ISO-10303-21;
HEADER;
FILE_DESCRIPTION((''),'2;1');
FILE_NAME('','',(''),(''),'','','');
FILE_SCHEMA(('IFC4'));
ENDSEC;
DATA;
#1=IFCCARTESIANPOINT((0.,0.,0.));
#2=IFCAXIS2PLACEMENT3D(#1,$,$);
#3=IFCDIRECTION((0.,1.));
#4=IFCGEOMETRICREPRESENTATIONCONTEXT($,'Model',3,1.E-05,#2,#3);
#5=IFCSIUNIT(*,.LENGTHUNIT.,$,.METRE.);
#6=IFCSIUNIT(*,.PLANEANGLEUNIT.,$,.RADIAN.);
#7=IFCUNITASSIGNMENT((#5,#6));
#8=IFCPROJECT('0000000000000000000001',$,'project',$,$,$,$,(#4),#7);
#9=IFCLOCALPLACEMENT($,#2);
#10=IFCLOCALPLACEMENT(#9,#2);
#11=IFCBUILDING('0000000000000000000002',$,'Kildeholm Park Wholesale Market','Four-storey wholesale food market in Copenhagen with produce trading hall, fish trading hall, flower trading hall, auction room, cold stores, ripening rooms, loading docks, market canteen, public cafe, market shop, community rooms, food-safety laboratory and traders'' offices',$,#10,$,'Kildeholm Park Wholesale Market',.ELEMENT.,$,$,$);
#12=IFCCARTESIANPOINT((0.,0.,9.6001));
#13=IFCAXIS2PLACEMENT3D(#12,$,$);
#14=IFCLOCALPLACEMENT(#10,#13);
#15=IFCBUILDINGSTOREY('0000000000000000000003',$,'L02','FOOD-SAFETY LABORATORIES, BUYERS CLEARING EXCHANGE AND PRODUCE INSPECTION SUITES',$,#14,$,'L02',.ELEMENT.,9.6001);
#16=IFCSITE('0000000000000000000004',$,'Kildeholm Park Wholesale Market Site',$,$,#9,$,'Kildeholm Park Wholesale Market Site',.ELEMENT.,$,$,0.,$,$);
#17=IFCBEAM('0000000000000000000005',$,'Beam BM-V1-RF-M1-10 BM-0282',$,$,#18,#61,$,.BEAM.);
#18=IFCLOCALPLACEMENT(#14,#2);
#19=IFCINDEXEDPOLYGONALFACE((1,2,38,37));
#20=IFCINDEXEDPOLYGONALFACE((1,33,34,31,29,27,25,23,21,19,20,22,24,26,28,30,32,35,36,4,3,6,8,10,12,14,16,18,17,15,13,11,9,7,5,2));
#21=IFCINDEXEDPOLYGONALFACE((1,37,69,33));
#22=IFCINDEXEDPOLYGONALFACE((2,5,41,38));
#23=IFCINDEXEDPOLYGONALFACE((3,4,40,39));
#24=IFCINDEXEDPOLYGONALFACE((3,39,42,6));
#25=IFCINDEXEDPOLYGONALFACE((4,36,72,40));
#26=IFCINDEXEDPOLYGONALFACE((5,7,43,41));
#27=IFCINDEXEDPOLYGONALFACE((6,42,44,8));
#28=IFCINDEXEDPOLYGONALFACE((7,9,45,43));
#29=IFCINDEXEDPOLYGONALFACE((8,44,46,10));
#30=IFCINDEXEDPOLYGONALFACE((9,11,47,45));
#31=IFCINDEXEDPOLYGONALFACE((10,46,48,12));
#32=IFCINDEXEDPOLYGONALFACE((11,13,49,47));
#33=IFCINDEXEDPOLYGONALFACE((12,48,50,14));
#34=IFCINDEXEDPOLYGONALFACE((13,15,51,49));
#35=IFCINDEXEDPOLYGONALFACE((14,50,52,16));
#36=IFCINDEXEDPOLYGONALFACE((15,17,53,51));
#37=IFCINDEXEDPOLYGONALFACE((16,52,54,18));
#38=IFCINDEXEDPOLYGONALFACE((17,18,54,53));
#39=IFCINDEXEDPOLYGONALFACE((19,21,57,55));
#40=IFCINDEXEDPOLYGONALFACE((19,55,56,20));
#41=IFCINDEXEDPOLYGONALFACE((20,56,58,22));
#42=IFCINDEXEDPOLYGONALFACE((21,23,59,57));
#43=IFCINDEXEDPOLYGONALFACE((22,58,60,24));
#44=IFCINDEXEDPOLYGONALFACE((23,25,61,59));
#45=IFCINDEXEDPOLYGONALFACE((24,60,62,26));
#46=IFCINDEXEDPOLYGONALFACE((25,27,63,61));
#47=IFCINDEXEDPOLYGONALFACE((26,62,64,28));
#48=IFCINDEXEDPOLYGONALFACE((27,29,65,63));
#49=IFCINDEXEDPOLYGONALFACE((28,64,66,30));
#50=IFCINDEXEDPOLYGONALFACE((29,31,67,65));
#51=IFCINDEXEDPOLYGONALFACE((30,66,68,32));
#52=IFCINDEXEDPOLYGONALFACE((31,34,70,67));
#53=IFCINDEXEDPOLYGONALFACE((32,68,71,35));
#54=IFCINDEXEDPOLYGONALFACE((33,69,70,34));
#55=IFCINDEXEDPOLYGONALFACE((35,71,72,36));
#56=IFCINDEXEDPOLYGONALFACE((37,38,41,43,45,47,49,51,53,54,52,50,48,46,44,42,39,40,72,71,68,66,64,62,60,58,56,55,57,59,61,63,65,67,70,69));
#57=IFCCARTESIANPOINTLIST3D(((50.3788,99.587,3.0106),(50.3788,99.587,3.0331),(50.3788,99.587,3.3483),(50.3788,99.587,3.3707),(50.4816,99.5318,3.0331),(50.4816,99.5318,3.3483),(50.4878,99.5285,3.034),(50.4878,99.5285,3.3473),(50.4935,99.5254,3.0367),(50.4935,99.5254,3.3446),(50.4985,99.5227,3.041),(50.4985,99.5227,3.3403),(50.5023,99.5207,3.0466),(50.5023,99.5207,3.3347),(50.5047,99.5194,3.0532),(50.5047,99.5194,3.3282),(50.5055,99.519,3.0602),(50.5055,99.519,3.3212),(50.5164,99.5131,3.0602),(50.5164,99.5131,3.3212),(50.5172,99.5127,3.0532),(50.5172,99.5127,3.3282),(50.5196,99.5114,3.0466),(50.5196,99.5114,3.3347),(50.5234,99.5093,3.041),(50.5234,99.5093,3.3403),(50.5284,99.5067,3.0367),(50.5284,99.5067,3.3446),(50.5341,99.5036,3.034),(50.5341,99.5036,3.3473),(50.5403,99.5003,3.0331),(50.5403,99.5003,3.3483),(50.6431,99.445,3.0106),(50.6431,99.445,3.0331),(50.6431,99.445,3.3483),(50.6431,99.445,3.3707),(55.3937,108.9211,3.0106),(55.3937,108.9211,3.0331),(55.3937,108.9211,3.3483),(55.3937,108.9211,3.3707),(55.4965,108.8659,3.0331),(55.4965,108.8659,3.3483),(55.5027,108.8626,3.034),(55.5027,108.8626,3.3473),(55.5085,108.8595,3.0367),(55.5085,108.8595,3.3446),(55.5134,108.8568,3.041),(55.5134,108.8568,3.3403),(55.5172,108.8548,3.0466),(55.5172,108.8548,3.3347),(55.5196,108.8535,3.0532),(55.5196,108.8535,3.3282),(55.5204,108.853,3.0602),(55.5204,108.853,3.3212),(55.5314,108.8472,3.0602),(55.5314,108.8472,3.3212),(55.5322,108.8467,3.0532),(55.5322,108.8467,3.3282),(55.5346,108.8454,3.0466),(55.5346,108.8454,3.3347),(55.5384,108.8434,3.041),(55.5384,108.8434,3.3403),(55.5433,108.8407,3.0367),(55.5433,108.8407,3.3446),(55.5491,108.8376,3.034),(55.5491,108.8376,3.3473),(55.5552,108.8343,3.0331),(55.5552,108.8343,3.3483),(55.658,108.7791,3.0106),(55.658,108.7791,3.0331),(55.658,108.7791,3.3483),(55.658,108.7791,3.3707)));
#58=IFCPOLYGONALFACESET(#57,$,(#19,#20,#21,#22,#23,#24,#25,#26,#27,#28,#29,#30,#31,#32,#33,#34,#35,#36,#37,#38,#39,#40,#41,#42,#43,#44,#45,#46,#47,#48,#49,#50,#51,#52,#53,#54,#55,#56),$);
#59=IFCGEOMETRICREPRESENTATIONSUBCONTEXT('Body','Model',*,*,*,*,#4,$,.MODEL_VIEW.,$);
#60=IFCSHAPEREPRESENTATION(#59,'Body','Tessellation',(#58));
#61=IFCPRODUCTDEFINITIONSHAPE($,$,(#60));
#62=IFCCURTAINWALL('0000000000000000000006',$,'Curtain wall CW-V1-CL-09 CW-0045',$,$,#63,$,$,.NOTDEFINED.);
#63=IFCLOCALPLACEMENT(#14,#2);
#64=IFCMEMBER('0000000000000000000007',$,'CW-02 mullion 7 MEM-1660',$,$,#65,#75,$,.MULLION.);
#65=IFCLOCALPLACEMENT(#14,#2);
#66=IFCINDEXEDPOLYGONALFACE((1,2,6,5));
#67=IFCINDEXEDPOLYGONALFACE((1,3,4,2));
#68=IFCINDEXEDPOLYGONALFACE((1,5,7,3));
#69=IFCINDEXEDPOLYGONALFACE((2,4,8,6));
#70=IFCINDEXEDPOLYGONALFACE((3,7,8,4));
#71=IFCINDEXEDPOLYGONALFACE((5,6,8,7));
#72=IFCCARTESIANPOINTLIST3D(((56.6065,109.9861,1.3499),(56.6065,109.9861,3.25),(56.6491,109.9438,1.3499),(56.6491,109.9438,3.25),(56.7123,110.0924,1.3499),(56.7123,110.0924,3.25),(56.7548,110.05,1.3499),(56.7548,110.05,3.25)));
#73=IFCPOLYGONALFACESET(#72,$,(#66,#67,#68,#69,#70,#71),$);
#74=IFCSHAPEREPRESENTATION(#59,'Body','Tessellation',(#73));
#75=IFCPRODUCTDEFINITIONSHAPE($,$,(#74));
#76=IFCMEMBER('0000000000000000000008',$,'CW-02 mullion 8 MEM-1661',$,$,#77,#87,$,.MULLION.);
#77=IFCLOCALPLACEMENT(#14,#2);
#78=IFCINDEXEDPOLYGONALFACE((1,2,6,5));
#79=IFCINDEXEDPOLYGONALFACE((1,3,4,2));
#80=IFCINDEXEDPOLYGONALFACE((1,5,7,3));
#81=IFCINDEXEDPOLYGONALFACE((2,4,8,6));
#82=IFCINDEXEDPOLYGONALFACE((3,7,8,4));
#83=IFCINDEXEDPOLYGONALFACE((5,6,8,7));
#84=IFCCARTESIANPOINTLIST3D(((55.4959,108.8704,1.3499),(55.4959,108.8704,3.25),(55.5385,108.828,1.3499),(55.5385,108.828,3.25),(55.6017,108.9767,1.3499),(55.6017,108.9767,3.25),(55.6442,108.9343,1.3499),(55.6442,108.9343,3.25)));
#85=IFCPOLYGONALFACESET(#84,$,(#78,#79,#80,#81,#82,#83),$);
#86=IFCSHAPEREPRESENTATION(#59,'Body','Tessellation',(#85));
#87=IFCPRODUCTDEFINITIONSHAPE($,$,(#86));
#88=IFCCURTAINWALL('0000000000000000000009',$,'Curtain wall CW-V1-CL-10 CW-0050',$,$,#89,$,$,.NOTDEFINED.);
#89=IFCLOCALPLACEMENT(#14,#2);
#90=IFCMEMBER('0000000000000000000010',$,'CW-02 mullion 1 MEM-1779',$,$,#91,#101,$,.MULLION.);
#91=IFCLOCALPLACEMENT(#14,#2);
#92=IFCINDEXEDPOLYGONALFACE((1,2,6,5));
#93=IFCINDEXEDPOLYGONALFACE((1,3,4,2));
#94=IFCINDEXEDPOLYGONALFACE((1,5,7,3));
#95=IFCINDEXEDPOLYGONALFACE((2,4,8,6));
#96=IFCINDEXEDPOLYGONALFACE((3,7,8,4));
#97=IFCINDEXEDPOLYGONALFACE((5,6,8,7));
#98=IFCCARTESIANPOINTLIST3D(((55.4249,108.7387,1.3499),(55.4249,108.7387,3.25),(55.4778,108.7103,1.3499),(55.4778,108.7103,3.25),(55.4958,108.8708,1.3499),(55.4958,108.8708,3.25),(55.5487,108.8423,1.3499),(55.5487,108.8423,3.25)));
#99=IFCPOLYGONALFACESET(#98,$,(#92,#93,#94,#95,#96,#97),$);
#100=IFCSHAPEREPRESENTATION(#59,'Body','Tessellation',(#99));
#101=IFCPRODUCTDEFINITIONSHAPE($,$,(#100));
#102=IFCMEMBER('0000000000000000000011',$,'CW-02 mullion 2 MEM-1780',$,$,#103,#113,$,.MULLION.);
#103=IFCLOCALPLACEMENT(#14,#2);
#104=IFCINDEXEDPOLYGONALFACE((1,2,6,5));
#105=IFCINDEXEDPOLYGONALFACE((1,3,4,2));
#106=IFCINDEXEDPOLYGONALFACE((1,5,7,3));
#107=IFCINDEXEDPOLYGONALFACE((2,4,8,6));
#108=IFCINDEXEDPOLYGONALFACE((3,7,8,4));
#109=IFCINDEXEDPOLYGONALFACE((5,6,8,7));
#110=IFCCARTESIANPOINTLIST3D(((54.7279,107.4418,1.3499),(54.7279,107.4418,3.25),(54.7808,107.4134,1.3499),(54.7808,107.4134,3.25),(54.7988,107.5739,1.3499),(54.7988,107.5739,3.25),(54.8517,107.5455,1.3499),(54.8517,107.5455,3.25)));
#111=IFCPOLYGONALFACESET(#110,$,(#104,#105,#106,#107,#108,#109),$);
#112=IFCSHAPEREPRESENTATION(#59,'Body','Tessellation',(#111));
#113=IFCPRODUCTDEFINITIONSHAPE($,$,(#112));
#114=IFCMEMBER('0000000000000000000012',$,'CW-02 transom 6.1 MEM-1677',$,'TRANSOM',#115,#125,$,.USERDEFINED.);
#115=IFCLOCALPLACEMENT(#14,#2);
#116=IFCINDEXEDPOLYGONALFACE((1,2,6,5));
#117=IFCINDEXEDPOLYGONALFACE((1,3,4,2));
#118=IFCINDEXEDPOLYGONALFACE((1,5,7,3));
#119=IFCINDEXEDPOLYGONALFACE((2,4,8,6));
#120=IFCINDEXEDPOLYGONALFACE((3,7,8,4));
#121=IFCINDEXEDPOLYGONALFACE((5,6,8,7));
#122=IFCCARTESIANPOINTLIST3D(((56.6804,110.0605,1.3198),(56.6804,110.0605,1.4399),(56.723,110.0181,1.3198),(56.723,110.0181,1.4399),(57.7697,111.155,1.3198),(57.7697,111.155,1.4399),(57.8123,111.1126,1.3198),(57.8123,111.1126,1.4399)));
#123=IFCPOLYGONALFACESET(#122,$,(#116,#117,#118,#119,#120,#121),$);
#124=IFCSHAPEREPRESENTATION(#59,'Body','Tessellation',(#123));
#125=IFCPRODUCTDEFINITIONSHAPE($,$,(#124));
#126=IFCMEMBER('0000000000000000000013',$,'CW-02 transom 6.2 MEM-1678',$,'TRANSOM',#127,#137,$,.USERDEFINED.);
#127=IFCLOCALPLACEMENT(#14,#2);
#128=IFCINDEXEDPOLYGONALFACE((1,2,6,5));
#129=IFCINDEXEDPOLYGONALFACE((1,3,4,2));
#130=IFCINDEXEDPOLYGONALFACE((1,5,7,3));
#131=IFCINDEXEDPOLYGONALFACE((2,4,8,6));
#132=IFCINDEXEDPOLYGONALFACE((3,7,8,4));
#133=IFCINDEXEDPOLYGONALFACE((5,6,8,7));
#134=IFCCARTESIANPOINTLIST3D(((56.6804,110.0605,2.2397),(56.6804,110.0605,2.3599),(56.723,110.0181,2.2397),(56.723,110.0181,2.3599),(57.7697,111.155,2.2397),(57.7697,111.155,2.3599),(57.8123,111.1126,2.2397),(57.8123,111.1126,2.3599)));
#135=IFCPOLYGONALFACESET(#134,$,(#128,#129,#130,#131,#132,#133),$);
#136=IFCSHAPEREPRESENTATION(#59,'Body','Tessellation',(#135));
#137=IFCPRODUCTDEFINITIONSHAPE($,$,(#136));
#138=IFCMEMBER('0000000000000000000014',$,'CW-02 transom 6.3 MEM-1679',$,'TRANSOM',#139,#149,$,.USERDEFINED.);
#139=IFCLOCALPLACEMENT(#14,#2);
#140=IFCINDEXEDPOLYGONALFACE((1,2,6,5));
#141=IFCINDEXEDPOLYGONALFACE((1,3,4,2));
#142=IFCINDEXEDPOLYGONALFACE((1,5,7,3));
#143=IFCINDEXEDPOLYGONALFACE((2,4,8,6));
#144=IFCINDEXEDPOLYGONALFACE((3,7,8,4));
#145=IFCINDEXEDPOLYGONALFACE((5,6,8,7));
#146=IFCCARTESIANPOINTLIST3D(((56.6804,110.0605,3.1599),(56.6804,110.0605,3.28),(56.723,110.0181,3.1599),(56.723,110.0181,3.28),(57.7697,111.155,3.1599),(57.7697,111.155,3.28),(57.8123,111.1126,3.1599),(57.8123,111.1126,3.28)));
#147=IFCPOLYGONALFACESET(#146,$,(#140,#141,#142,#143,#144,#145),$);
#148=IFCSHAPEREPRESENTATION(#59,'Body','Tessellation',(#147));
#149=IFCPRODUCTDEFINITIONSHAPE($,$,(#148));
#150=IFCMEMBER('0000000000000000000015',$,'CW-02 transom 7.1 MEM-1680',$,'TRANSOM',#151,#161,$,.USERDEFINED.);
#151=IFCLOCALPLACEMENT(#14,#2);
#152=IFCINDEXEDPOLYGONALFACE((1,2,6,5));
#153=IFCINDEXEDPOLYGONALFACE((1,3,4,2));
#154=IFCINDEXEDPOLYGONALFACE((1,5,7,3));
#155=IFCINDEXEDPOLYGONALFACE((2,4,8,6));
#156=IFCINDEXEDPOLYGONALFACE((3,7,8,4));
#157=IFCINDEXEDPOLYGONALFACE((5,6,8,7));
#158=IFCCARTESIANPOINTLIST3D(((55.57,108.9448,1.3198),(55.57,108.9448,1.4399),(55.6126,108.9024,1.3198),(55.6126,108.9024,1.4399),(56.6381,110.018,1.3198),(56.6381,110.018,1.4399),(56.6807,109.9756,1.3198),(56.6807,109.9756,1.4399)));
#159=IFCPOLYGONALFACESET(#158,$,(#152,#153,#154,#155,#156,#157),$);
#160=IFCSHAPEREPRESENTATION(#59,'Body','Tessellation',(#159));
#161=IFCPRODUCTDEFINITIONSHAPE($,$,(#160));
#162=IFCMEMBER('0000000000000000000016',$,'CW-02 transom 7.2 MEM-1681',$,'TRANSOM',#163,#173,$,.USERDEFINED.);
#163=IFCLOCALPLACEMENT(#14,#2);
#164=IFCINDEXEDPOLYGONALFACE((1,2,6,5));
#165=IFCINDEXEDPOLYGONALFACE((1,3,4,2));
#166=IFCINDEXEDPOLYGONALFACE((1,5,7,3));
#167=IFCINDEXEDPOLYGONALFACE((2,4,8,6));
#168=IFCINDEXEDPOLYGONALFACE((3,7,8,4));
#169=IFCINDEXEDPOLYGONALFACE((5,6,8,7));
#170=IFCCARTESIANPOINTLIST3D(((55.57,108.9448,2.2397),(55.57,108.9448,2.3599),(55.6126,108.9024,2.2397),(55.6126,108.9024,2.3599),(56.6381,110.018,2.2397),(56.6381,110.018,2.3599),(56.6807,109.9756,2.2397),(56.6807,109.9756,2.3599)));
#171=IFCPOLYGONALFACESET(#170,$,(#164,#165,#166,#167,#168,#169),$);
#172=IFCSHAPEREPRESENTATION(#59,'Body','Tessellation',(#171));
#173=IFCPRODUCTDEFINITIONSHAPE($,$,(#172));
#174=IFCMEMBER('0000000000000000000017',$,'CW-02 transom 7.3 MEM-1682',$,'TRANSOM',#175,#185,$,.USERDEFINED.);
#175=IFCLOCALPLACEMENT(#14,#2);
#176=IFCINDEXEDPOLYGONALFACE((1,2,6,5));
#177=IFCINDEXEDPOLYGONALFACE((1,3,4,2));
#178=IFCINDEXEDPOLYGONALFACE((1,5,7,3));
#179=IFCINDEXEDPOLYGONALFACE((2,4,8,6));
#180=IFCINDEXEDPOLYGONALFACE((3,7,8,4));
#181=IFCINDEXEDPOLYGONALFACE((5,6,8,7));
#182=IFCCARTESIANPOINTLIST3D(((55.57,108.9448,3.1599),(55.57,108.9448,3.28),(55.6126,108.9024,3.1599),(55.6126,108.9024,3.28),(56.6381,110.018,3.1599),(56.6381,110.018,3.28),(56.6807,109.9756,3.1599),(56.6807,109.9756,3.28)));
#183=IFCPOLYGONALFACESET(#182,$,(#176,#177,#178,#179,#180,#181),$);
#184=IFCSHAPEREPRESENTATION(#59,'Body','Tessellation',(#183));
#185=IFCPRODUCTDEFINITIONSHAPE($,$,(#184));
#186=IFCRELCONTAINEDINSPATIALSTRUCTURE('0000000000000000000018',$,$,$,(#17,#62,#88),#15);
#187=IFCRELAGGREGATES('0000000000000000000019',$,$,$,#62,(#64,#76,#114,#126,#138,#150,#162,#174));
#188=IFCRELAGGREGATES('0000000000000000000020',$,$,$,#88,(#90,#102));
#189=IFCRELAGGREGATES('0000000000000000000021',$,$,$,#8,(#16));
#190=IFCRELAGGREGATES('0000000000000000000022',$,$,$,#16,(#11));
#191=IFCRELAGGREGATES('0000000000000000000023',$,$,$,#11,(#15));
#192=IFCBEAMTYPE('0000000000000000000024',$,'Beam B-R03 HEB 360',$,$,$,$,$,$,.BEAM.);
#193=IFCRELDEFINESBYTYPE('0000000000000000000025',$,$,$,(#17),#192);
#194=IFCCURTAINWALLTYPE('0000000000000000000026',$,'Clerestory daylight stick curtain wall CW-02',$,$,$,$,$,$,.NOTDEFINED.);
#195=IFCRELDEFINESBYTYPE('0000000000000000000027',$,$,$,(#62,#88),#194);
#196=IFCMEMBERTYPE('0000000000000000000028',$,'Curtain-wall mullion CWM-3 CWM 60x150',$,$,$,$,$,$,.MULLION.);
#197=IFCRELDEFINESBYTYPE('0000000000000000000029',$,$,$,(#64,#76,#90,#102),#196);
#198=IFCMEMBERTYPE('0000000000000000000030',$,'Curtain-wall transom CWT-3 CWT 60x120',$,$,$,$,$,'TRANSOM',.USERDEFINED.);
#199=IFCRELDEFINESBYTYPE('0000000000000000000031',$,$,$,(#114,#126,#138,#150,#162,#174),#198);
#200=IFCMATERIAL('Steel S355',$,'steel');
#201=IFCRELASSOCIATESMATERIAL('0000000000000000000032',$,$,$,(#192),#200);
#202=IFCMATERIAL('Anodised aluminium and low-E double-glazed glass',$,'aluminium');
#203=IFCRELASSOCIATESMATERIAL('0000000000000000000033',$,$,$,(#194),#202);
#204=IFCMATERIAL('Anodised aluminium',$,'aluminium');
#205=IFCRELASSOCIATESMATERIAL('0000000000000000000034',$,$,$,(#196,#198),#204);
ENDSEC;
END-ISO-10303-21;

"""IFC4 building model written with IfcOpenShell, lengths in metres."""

from ifc_helpers import new_model, si_unit, direction, frame, origin, origin_2d, place, context, subcontext, project, spatial, rectangle, i_section, extrude, material, material_profile, profile_set, type_object, element, aggregate, save


model = new_model("IFC4")

# Units and contexts
model_context = context("Model", 3, precision=1e-05, world=origin(), true_north=direction((0.0, 1.0)))
body_context = subcontext(model_context, "Body", "Model", "MODEL_VIEW")
ifc_project = project(units=[si_unit("LENGTHUNIT", "METRE"), si_unit("PLANEANGLEUNIT", "RADIAN")], contexts=[model_context])

# Site, building, storey
site_placement = place(None, origin())
site = spatial("IfcSite", under=ifc_project, at=site_placement, Name="Kildeholm Park Wholesale Market Site", LongName="Kildeholm Park Wholesale Market Site", CompositionType="ELEMENT", RefElevation=0.0)
building_placement = place(site_placement, origin())
building = spatial("IfcBuilding", under=site, at=building_placement, Name="Kildeholm Park Wholesale Market", Description="Four-storey wholesale food market in Copenhagen with produce trading hall, fish trading hall, flower trading hall, auction room, cold stores, ripening rooms, loading docks, market canteen, public cafe, market shop, community rooms, food-safety laboratory and traders' offices", LongName="Kildeholm Park Wholesale Market", CompositionType="ELEMENT")
storey_placement = place(building_placement, frame((0.0, 0.0, 9.6001)))
storey = spatial("IfcBuildingStorey", under=building, at=storey_placement, Name="L02", Description="FOOD-SAFETY LABORATORIES, BUYERS CLEARING EXCHANGE AND PRODUCE INSPECTION SUITES", LongName="L02", CompositionType="ELEMENT", Elevation=9.6001)

# Shared definitions
ifc_material_1 = material(Name="Steel S355", Category="steel")

# Beam
ifc_material_profile_1 = material_profile(ifc_material_1, i_section(OverallWidth=0.3, OverallDepth=0.3601, WebThickness=0.0125, FlangeThickness=0.0225, FilletRadius=0.0271, at=origin_2d()), Name="HEB 360")
ifc_profile_set_1 = profile_set([ifc_material_profile_1], Name="Steel S355")
beam_type_1 = type_object("IfcBeamType", Name="Beam B-R03 HEB 360", PredefinedType="BEAM", material=ifc_profile_set_1)
beam_1_placement = place(storey_placement, frame((55.5259, 108.8501, 3.1907), z_axis=(-0.473288, -0.880908, 0.0), x_axis=(0.880908, -0.473288, 0.0)))
element("IfcBeam", 1, at=beam_1_placement, inside=storey, type_object=beam_type_1, Name="Beam BM-V1-RF-M1-10 BM-0282", PredefinedType="BEAM", context=body_context, shape_type="SweptSolid", body=[
    extrude(i_section(OverallWidth=0.3, OverallDepth=0.3601, WebThickness=0.0125, FlangeThickness=0.0225, FilletRadius=0.0271, at=origin_2d()), origin(), (0.0, 0.0, 1.0), 10.5959),
])

# Curtain walls, members
ifc_material_2 = material(Name="Anodised aluminium and low-E double-glazed glass", Category="aluminium")
curtain_wall_type = type_object("IfcCurtainWallType", Name="Clerestory daylight stick curtain wall CW-02", PredefinedType="NOTDEFINED", material=ifc_material_2)
curtain_wall_1_placement = place(storey_placement, origin())
curtain_wall_1 = element("IfcCurtainWall", 2, at=curtain_wall_1_placement, inside=storey, type_object=curtain_wall_type, Name="Curtain wall CW-V1-CL-09 CW-0045", PredefinedType="NOTDEFINED")
ifc_material_3 = material(Name="Anodised aluminium", Category="aluminium")
ifc_material_profile_2 = material_profile(ifc_material_3, rectangle(XDim=0.0601, YDim=0.1499, at=origin_2d()), Name="CWM 60x150")
ifc_profile_set_2 = profile_set([ifc_material_profile_2], Name="Anodised aluminium")
member_type_1 = type_object("IfcMemberType", Name="Curtain-wall mullion CWM-3 CWM 60x150", PredefinedType="MULLION", material=ifc_profile_set_2)
member_1_placement = place(storey_placement, frame((56.6807, 110.0181, 1.3499), z_axis=(0.0, 0.0, 1.0), x_axis=(0.708797, -0.705413, 0.0)))
member_1 = element("IfcMember", 3, at=member_1_placement, type_object=member_type_1, Name="CW-02 mullion 7 MEM-1660", PredefinedType="MULLION", context=body_context, shape_type="SweptSolid", body=[
    extrude(rectangle(XDim=0.0601, YDim=0.1499, at=origin_2d()), origin(), (0.0, 0.0, 1.0), 1.9001),
])
member_2_placement = place(storey_placement, frame((55.5701, 108.9023, 1.3499), z_axis=(0.0, 0.0, 1.0), x_axis=(0.708797, -0.705413, 0.0)))
member_2 = element("IfcMember", 4, at=member_2_placement, type_object=member_type_1, Name="CW-02 mullion 8 MEM-1661", PredefinedType="MULLION", context=body_context, shape_type="SweptSolid", body=[
    extrude(rectangle(XDim=0.0601, YDim=0.1499, at=origin_2d()), origin(), (0.0, 0.0, 1.0), 1.9001),
])
curtain_wall_2_placement = place(storey_placement, origin())
curtain_wall_2 = element("IfcCurtainWall", 5, at=curtain_wall_2_placement, inside=storey, type_object=curtain_wall_type, Name="Curtain wall CW-V1-CL-10 CW-0050", PredefinedType="NOTDEFINED")
member_3_placement = place(storey_placement, frame((55.4868, 108.7905, 1.3499), z_axis=(0.0, 0.0, 1.0), x_axis=(0.88088, -0.47334, 0.0)))
member_3 = element("IfcMember", 6, at=member_3_placement, type_object=member_type_1, Name="CW-02 mullion 1 MEM-1779", PredefinedType="MULLION", context=body_context, shape_type="SweptSolid", body=[
    extrude(rectangle(XDim=0.0601, YDim=0.1499, at=origin_2d()), origin(), (0.0, 0.0, 1.0), 1.9001),
])
member_4_placement = place(storey_placement, frame((54.7898, 107.4937, 1.3499), z_axis=(0.0, 0.0, 1.0), x_axis=(0.88088, -0.47334, 0.0)))
member_4 = element("IfcMember", 7, at=member_4_placement, type_object=member_type_1, Name="CW-02 mullion 2 MEM-1780", PredefinedType="MULLION", context=body_context, shape_type="SweptSolid", body=[
    extrude(rectangle(XDim=0.0601, YDim=0.1499, at=origin_2d()), origin(), (0.0, 0.0, 1.0), 1.9001),
])

# Members
ifc_material_profile_3 = material_profile(ifc_material_3, rectangle(XDim=0.0601, YDim=0.1201, at=origin_2d()), Name="CWT 60x120")
ifc_profile_set_3 = profile_set([ifc_material_profile_3], Name="Anodised aluminium")
member_type_2 = type_object("IfcMemberType", Name="Curtain-wall transom CWT-3 CWT 60x120", ElementType="TRANSOM", PredefinedType="USERDEFINED", material=ifc_profile_set_3)
member_5_placement = place(storey_placement, frame((57.791, 111.1338, 1.3799), z_axis=(-0.705445, -0.708765, 0.0), x_axis=(0.708765, -0.705445, 0.0)))
member_5 = element("IfcMember", 8, at=member_5_placement, type_object=member_type_2, Name="CW-02 transom 6.1 MEM-1677", ObjectType="TRANSOM", PredefinedType="USERDEFINED", context=body_context, shape_type="SweptSolid", body=[
    extrude(rectangle(XDim=0.0601, YDim=0.1201, at=origin_2d()), origin(), (0.0, 0.0, 1.0), 1.5442),
])
member_6_placement = place(storey_placement, frame((57.791, 111.1338, 2.2998), z_axis=(-0.705445, -0.708765, 0.0), x_axis=(0.708765, -0.705445, 0.0)))
member_6 = element("IfcMember", 9, at=member_6_placement, type_object=member_type_2, Name="CW-02 transom 6.2 MEM-1678", ObjectType="TRANSOM", PredefinedType="USERDEFINED", context=body_context, shape_type="SweptSolid", body=[
    extrude(rectangle(XDim=0.0601, YDim=0.1201, at=origin_2d()), origin(), (0.0, 0.0, 1.0), 1.5442),
])
member_7_placement = place(storey_placement, frame((57.791, 111.1338, 3.22), z_axis=(-0.705445, -0.708765, 0.0), x_axis=(0.708765, -0.705445, 0.0)))
member_7 = element("IfcMember", 10, at=member_7_placement, type_object=member_type_2, Name="CW-02 transom 6.3 MEM-1679", ObjectType="TRANSOM", PredefinedType="USERDEFINED", context=body_context, shape_type="SweptSolid", body=[
    extrude(rectangle(XDim=0.0601, YDim=0.1201, at=origin_2d()), origin(), (0.0, 0.0, 1.0), 1.5442),
])
member_8_placement = place(storey_placement, frame((56.6594, 109.9968, 1.3799), z_axis=(-0.705412, -0.708798, 0.0), x_axis=(0.708798, -0.705412, 0.0)))
member_8 = element("IfcMember", 11, at=member_8_placement, type_object=member_type_2, Name="CW-02 transom 7.1 MEM-1680", ObjectType="TRANSOM", PredefinedType="USERDEFINED", context=body_context, shape_type="SweptSolid", body=[
    extrude(rectangle(XDim=0.0601, YDim=0.1201, at=origin_2d()), origin(), (0.0, 0.0, 1.0), 1.5142),
])
member_9_placement = place(storey_placement, frame((56.6594, 109.9968, 2.2998), z_axis=(-0.705412, -0.708798, 0.0), x_axis=(0.708798, -0.705412, 0.0)))
member_9 = element("IfcMember", 12, at=member_9_placement, type_object=member_type_2, Name="CW-02 transom 7.2 MEM-1681", ObjectType="TRANSOM", PredefinedType="USERDEFINED", context=body_context, shape_type="SweptSolid", body=[
    extrude(rectangle(XDim=0.0601, YDim=0.1201, at=origin_2d()), origin(), (0.0, 0.0, 1.0), 1.5142),
])
member_10_placement = place(storey_placement, frame((56.6594, 109.9968, 3.22), z_axis=(-0.705412, -0.708798, 0.0), x_axis=(0.708798, -0.705412, 0.0)))
member_10 = element("IfcMember", 13, at=member_10_placement, type_object=member_type_2, Name="CW-02 transom 7.3 MEM-1682", ObjectType="TRANSOM", PredefinedType="USERDEFINED", context=body_context, shape_type="SweptSolid", body=[
    extrude(rectangle(XDim=0.0601, YDim=0.1201, at=origin_2d()), origin(), (0.0, 0.0, 1.0), 1.5142),
])

aggregate(curtain_wall_1, [member_1, member_2, member_5, member_6, member_7, member_8, member_9, member_10])
aggregate(curtain_wall_2, [member_3, member_4])

save(model, "model.ifc")
